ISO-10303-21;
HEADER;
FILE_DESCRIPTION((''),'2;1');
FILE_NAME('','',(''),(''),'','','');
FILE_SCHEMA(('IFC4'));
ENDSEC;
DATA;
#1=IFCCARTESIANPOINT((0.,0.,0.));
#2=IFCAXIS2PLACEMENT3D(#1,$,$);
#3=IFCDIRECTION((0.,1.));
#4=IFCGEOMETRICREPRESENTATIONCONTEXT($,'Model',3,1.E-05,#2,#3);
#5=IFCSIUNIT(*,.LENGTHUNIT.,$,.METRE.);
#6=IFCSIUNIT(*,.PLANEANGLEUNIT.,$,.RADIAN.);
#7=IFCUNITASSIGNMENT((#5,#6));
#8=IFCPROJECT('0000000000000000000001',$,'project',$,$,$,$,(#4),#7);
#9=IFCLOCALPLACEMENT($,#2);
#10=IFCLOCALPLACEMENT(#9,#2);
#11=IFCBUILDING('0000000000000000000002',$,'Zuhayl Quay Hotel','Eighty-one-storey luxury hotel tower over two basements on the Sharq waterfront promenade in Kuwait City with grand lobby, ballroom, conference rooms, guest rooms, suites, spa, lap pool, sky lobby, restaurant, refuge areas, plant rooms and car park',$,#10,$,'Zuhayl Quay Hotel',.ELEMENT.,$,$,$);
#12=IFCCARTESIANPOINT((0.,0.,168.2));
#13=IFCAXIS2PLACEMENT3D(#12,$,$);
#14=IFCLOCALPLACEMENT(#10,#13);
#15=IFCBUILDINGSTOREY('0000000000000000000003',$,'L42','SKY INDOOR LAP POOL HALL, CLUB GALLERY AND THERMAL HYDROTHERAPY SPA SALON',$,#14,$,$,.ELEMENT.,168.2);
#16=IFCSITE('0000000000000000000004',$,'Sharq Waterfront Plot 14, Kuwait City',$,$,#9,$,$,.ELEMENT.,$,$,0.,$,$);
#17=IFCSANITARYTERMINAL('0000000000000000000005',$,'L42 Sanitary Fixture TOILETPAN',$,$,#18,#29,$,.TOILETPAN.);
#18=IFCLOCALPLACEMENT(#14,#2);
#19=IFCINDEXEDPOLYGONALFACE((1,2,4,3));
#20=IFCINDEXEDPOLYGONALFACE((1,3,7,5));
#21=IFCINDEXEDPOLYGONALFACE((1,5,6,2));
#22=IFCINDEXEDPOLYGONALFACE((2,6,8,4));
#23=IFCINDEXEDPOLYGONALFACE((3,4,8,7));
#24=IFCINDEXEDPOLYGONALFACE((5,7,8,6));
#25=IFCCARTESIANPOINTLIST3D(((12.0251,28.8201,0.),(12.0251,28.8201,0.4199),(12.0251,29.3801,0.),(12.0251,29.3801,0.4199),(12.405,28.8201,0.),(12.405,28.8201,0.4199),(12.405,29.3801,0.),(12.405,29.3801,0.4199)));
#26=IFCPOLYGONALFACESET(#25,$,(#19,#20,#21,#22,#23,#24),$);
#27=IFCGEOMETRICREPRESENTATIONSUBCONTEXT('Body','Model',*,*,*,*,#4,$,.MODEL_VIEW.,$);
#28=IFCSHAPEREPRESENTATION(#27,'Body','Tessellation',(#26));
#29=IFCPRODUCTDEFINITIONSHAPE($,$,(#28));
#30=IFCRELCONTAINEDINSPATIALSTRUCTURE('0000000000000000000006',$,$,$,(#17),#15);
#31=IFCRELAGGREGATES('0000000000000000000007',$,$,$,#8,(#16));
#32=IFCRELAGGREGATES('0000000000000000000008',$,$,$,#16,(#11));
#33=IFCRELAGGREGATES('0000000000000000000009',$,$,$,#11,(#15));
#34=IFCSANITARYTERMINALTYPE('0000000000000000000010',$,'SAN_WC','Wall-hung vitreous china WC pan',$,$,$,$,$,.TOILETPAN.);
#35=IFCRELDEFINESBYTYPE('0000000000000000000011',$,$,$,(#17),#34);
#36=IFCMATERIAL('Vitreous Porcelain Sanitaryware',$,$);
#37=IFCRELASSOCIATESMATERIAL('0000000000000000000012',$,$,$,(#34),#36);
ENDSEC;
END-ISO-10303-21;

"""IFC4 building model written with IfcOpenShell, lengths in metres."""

from ifc_helpers import new_model, si_unit, direction, frame, origin, origin_2d, place, context, subcontext, project, spatial, rectangle, extrude, material, type_object, element, save


model = new_model("IFC4")

# Units and contexts
model_context = context("Model", 3, precision=1e-05, world=origin(), true_north=direction((0.0, 1.0)))
body_context = subcontext(model_context, "Body", "Model", "MODEL_VIEW")
ifc_project = project(units=[si_unit("LENGTHUNIT", "METRE"), si_unit("PLANEANGLEUNIT", "RADIAN")], contexts=[model_context])

# Site, building, storey
site_placement = place(None, origin())
site = spatial("IfcSite", under=ifc_project, at=site_placement, Name="Sharq Waterfront Plot 14, Kuwait City", CompositionType="ELEMENT", RefElevation=0.0)
building_placement = place(site_placement, origin())
building = spatial("IfcBuilding", under=site, at=building_placement, Name="Zuhayl Quay Hotel", Description="Eighty-one-storey luxury hotel tower over two basements on the Sharq waterfront promenade in Kuwait City with grand lobby, ballroom, conference rooms, guest rooms, suites, spa, lap pool, sky lobby, restaurant, refuge areas, plant rooms and car park", LongName="Zuhayl Quay Hotel", CompositionType="ELEMENT")
storey_placement = place(building_placement, frame((0.0, 0.0, 168.2)))
storey = spatial("IfcBuildingStorey", under=building, at=storey_placement, Name="L42", Description="SKY INDOOR LAP POOL HALL, CLUB GALLERY AND THERMAL HYDROTHERAPY SPA SALON", CompositionType="ELEMENT", Elevation=168.2)

# Sanitary terminal
ifc_material_1 = material(Name="Vitreous Porcelain Sanitaryware")
sanitary_terminal_type_1 = type_object("IfcSanitaryTerminalType", Name="SAN_WC", Description="Wall-hung vitreous china WC pan", PredefinedType="TOILETPAN", material=ifc_material_1)
sanitary_terminal_1_placement = place(storey_placement, frame((12.2151, 29.1001, 0.0), z_axis=(0.0, 0.0, 1.0), x_axis=(1.0, 0.0, 0.0)))
element("IfcSanitaryTerminal", 1, at=sanitary_terminal_1_placement, inside=storey, type_object=sanitary_terminal_type_1, Name="L42 Sanitary Fixture TOILETPAN", PredefinedType="TOILETPAN", context=body_context, shape_type="SweptSolid", body=[
    extrude(rectangle(XDim=0.3799, YDim=0.5601, at=origin_2d()), origin(), (0.0, 0.0, 1.0), 0.4199),
])

save(model, "model.ifc")
